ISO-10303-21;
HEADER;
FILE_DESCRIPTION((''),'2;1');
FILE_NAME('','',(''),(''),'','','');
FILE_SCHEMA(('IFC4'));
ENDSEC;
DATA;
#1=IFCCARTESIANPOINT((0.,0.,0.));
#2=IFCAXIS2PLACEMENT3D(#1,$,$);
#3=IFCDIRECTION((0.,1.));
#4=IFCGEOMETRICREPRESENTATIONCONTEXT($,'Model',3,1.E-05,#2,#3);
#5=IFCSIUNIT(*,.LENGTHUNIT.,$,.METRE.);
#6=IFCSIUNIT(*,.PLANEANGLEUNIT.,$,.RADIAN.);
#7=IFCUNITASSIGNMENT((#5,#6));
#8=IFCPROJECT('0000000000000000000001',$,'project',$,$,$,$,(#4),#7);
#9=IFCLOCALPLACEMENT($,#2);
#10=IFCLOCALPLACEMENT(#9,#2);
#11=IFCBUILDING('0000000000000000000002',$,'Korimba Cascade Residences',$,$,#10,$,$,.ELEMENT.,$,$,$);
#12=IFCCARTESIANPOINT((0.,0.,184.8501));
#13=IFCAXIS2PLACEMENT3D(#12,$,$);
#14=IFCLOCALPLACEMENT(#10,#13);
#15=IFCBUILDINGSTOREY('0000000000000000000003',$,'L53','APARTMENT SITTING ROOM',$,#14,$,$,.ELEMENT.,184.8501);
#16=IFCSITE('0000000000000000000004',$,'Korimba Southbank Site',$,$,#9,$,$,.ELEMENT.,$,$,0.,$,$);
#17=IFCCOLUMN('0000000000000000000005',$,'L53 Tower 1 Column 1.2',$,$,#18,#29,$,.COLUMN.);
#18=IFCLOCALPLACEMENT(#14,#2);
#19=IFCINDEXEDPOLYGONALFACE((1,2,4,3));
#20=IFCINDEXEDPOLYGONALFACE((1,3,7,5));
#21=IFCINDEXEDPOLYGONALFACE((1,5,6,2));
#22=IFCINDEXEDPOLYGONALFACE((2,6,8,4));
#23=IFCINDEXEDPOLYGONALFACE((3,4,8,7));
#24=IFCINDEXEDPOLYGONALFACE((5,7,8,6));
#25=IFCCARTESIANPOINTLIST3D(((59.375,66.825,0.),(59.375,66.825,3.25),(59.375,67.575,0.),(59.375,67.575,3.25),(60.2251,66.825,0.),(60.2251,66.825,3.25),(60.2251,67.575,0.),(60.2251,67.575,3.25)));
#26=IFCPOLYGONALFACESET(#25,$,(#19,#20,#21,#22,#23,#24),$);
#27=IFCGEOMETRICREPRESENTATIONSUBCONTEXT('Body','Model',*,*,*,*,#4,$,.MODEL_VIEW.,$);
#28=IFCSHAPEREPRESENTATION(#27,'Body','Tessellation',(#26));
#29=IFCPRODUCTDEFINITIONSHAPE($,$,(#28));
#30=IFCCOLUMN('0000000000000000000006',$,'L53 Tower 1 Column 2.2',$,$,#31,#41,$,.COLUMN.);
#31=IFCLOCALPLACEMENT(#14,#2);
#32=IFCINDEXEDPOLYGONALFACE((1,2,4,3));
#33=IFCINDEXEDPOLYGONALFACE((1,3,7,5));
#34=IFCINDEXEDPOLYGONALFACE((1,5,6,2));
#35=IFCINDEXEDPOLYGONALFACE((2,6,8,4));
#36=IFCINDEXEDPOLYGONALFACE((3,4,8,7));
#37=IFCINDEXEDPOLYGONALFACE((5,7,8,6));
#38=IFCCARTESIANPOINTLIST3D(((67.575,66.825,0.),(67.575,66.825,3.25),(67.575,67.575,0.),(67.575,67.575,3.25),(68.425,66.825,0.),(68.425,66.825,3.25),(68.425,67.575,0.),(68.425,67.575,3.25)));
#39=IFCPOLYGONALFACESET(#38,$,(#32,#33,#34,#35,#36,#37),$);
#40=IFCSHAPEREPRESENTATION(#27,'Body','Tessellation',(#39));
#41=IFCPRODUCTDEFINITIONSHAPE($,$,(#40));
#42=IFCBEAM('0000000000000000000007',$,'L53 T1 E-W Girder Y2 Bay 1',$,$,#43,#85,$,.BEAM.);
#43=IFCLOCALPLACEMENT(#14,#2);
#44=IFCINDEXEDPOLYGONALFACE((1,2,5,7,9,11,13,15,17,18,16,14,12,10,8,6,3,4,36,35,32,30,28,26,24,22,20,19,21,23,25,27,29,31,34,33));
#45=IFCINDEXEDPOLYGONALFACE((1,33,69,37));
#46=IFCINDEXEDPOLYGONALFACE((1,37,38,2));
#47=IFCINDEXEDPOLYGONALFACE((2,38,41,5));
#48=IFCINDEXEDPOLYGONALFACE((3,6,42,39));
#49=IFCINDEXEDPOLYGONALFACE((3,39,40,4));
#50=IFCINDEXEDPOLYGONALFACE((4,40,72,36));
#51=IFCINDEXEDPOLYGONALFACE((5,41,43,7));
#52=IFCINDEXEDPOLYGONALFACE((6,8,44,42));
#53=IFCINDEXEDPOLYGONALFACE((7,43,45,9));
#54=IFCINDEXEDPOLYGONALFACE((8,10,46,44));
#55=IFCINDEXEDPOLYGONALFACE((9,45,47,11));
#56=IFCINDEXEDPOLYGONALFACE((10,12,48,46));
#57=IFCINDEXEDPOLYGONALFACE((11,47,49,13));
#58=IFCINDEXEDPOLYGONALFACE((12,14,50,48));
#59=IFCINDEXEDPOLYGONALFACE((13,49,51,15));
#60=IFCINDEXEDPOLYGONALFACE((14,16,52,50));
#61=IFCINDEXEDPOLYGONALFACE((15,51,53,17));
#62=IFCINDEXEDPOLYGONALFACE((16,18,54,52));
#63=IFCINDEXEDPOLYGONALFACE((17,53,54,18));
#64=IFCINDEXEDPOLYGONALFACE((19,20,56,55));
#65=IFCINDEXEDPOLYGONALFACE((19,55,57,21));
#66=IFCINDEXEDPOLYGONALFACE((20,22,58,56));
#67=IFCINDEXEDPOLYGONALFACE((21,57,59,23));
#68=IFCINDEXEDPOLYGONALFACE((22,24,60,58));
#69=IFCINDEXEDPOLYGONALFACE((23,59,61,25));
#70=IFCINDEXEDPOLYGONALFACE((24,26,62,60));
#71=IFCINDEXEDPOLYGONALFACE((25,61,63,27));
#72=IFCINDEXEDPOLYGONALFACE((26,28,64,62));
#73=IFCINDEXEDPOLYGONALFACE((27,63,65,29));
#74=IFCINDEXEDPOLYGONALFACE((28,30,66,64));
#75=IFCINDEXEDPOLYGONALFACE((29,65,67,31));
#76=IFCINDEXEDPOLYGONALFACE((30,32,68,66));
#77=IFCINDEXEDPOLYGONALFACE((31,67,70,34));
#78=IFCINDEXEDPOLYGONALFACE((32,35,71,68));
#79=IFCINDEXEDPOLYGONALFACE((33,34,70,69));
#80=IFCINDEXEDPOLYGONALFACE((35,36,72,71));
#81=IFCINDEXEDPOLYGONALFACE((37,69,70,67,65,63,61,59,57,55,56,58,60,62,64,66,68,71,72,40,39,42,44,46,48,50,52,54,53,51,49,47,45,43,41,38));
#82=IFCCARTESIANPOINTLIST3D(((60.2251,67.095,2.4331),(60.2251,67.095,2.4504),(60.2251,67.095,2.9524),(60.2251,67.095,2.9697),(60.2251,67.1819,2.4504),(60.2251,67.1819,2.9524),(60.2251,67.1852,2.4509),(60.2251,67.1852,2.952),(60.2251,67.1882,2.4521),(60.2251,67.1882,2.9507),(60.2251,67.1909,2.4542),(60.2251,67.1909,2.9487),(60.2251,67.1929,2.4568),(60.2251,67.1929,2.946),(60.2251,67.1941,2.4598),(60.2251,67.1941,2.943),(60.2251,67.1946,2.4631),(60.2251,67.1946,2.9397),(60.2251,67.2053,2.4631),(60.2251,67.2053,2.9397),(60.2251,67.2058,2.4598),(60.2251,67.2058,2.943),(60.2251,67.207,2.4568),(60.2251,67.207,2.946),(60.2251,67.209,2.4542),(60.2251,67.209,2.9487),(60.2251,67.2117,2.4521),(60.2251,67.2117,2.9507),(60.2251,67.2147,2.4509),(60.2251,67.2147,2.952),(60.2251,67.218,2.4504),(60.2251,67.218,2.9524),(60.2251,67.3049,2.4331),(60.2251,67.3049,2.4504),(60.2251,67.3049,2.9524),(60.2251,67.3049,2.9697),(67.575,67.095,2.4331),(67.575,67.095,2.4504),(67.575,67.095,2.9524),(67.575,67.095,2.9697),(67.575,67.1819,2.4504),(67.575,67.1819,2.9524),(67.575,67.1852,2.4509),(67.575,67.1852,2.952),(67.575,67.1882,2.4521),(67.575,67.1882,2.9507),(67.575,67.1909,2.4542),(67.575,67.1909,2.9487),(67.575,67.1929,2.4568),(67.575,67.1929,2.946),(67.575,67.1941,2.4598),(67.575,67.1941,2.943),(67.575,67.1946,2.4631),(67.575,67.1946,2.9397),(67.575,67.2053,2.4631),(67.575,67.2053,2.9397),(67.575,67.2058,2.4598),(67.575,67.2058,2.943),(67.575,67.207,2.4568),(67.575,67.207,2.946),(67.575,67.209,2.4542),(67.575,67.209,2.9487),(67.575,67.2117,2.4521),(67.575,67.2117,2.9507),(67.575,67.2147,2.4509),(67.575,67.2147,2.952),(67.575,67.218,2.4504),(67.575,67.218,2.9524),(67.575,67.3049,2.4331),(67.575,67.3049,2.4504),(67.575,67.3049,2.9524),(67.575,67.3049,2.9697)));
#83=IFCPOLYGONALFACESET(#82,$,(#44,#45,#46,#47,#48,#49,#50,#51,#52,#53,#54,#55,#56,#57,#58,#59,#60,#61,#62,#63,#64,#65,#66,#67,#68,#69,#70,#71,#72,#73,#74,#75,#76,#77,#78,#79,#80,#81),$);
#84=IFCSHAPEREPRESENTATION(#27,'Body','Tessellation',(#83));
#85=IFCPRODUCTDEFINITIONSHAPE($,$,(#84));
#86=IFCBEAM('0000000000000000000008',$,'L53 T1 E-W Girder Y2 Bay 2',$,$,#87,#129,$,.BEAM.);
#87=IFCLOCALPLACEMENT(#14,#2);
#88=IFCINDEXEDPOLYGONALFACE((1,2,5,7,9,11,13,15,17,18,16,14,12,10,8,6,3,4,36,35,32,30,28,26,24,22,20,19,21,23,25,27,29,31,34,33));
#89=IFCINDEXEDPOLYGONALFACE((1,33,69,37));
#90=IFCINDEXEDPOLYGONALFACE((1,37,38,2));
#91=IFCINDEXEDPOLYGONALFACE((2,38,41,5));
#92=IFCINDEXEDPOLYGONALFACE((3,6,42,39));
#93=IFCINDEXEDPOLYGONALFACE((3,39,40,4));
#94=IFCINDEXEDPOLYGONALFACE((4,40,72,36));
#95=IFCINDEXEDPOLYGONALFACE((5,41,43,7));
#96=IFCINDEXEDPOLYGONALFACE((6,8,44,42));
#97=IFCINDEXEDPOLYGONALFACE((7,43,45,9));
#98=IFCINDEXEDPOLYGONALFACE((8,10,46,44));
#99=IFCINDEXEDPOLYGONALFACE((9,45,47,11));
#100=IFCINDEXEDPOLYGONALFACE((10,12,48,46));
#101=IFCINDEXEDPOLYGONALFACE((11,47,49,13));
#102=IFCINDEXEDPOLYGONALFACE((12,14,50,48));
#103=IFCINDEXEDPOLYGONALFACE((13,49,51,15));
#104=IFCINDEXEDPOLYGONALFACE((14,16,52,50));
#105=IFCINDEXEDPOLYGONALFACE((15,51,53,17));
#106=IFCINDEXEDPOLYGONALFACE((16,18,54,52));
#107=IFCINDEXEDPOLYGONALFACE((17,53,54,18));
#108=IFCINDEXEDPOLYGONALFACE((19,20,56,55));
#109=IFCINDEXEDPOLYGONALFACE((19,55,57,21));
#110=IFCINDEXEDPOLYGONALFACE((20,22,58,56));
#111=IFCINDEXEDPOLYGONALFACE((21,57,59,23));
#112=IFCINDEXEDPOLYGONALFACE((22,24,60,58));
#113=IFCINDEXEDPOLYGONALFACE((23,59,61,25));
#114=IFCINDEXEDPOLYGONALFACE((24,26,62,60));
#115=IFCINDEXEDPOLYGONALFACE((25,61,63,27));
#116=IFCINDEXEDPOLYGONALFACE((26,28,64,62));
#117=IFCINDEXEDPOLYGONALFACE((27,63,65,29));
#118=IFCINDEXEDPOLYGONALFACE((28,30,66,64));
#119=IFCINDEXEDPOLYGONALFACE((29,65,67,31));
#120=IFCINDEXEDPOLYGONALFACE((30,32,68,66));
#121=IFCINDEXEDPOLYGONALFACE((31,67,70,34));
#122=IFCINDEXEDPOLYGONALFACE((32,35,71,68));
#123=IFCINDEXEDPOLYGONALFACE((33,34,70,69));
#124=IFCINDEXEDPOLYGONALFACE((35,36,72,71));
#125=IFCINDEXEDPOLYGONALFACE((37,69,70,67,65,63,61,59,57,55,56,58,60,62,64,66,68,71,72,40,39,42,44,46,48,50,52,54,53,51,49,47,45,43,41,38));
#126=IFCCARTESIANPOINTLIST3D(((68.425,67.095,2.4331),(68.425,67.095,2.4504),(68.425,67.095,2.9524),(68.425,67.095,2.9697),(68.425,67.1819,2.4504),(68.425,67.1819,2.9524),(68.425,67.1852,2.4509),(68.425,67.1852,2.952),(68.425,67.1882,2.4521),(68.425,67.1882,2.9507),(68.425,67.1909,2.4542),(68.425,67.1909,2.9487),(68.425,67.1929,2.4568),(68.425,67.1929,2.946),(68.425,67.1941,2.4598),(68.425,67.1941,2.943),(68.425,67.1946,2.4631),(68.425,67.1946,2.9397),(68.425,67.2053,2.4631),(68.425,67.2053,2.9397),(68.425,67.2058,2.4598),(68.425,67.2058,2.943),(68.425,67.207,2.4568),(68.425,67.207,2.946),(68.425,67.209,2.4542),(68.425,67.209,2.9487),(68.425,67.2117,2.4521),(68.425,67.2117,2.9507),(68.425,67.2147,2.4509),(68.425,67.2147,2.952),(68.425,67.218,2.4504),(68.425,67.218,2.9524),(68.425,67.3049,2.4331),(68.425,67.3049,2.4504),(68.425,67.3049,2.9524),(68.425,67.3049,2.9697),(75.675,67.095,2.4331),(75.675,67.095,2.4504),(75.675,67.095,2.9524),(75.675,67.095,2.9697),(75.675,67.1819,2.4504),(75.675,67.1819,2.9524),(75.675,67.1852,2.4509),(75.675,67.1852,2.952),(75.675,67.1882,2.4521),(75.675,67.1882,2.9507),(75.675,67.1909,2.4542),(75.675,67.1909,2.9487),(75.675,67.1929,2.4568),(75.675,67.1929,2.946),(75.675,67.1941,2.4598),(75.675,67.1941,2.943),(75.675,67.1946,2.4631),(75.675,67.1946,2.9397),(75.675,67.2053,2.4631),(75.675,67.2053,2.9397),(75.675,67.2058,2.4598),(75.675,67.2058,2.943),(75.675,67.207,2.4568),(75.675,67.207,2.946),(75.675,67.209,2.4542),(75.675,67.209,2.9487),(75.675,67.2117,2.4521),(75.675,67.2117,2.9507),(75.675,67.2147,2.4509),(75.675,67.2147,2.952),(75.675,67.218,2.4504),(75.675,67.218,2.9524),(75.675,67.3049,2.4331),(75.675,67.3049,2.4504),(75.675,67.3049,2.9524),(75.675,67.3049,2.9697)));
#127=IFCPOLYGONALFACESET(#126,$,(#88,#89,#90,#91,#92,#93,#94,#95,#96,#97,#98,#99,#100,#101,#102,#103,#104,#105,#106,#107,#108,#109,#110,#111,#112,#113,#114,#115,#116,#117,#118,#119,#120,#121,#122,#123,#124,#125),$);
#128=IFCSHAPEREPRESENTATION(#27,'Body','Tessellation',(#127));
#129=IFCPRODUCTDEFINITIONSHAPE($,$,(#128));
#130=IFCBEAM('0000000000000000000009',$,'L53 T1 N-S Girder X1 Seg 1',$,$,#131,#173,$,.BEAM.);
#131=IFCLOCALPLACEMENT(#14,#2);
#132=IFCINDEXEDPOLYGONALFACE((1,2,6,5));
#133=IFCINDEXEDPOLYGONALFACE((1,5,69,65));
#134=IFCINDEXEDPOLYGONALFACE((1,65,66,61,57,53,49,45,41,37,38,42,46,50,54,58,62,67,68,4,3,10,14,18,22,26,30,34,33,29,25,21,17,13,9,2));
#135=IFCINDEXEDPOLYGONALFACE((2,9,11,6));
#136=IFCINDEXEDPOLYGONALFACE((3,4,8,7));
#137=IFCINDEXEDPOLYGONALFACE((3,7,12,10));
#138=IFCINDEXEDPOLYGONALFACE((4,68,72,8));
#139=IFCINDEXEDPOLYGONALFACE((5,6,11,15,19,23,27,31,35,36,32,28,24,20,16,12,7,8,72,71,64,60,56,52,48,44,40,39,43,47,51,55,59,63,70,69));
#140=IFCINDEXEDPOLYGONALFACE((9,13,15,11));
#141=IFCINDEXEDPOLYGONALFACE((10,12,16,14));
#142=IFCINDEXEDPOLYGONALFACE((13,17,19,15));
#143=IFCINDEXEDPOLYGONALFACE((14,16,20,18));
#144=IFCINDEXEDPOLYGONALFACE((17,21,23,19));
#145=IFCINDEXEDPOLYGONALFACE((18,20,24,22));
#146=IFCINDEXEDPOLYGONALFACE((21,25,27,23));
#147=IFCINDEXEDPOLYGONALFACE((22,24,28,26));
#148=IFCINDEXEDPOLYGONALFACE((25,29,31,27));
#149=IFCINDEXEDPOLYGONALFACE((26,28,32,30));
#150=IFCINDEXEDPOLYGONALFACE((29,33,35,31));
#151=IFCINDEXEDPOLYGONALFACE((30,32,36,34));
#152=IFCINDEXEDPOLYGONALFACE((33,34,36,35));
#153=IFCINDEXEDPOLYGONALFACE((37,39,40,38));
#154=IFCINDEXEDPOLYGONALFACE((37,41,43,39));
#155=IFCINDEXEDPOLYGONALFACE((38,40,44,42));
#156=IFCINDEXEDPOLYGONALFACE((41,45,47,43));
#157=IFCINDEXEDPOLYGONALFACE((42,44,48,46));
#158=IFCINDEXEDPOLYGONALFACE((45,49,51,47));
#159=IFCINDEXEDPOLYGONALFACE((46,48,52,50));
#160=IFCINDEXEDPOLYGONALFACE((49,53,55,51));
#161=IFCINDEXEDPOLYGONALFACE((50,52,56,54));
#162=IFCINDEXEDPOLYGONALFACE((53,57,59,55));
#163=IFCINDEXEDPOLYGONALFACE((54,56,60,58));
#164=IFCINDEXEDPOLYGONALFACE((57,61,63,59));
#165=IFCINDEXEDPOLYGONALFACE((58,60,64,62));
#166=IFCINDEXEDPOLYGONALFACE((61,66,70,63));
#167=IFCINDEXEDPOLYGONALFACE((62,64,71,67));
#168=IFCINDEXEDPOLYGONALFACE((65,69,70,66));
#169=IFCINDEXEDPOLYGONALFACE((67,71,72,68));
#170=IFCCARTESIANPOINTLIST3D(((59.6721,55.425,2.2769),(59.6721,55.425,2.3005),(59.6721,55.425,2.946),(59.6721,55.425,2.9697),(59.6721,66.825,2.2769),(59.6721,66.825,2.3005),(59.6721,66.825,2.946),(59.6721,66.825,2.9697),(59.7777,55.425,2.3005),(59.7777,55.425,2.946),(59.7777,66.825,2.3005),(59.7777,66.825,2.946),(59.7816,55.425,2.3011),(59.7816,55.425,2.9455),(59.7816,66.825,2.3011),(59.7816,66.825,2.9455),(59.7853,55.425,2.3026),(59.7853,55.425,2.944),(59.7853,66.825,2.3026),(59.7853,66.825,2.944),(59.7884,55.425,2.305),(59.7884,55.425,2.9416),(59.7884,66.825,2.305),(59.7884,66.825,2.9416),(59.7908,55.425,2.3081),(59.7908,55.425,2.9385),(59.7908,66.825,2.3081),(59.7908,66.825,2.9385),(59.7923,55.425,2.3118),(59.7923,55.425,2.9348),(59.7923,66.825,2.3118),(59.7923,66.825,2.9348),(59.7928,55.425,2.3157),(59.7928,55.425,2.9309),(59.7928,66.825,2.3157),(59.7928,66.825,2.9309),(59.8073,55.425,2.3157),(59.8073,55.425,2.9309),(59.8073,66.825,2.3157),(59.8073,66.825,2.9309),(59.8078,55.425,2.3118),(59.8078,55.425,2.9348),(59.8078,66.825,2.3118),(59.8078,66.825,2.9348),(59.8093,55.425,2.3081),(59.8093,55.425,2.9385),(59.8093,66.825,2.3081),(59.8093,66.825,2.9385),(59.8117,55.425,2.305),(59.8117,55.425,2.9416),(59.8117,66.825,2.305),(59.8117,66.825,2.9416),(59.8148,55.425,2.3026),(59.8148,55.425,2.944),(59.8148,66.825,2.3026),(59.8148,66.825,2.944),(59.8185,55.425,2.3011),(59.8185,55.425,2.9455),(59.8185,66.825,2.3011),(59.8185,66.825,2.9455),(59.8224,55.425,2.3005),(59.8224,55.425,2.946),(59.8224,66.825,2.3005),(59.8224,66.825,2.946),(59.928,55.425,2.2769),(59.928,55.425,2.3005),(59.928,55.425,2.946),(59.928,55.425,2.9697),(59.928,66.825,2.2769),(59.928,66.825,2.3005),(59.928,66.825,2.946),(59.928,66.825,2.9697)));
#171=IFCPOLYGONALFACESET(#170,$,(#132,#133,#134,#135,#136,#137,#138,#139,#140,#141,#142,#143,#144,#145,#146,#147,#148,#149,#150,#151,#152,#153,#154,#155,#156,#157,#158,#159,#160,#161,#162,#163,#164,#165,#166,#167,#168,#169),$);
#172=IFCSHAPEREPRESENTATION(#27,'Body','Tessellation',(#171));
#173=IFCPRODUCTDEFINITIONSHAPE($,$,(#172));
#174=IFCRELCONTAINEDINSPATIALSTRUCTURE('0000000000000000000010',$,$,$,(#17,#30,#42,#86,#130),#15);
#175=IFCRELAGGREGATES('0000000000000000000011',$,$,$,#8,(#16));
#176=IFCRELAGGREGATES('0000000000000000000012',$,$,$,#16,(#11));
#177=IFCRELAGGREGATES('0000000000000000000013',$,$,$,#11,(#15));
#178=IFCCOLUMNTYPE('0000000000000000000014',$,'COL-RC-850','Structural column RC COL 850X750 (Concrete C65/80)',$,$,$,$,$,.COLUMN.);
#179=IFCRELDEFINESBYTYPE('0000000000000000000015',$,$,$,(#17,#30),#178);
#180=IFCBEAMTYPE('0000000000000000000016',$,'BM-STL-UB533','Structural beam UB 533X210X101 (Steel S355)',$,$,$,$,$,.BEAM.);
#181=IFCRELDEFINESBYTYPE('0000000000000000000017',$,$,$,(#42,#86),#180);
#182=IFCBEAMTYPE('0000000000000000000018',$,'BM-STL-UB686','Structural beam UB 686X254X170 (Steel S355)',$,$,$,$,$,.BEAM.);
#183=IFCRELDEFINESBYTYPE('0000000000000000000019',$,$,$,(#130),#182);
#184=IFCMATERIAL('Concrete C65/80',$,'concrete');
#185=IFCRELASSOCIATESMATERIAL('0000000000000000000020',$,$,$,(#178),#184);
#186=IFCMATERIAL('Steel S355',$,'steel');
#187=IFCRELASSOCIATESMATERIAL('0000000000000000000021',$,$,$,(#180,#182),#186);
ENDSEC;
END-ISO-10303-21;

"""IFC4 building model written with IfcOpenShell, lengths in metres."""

from ifc_helpers import new_model, si_unit, direction, frame, origin, origin_2d, place, context, subcontext, project, spatial, rectangle, i_section, extrude, material, material_profile, profile_set, type_object, element, save


model = new_model("IFC4")

# Units and contexts
model_context = context("Model", 3, precision=1e-05, world=origin(), true_north=direction((0.0, 1.0)))
body_context = subcontext(model_context, "Body", "Model", "MODEL_VIEW")
ifc_project = project(units=[si_unit("LENGTHUNIT", "METRE"), si_unit("PLANEANGLEUNIT", "RADIAN")], contexts=[model_context])

# Site, building, storey
site_placement = place(None, origin())
site = spatial("IfcSite", under=ifc_project, at=site_placement, Name="Korimba Southbank Site", CompositionType="ELEMENT", RefElevation=0.0)
building_placement = place(site_placement, origin())
building = spatial("IfcBuilding", under=site, at=building_placement, Name="Korimba Cascade Residences", CompositionType="ELEMENT")
storey_placement = place(building_placement, frame((0.0, 0.0, 184.8501)))
storey = spatial("IfcBuildingStorey", under=building, at=storey_placement, Name="L53", Description="APARTMENT SITTING ROOM", CompositionType="ELEMENT", Elevation=184.8501)

# Columns
ifc_material_1 = material(Name="Concrete C65/80", Category="concrete")
ifc_material_profile_1 = material_profile(ifc_material_1, rectangle(XDim=0.8501, YDim=0.75, at=origin_2d()), Name="Concrete C65/80")
ifc_profile_set_1 = profile_set([ifc_material_profile_1], Name="Concrete C65/80")
column_type = type_object("IfcColumnType", Name="COL-RC-850", Description="Structural column RC COL 850X750 (Concrete C65/80)", PredefinedType="COLUMN", material=ifc_profile_set_1)
for number, where, z_axis, x_axis, name in (
    (1, (59.8, 67.2, 0.0), (0.0, 0.0, 1.0), (1.0, 0.0, 0.0), "L53 Tower 1 Column 1.2"),
    (2, (68.0, 67.2, 0.0), (0.0, 0.0, 1.0), (1.0, 0.0, 0.0), "L53 Tower 1 Column 2.2"),
):
    element("IfcColumn", number, at=place(storey_placement, frame(where, z_axis=z_axis, x_axis=x_axis)), inside=storey, type_object=column_type, Name=name, PredefinedType="COLUMN", context=body_context, shape_type="SweptSolid", body=[
        extrude(rectangle(XDim=0.8501, YDim=0.75, at=origin_2d()), origin(), (0.0, 0.0, 1.0), 3.25),
    ])

# Beams
ifc_material_2 = material(Name="Steel S355", Category="steel")
ifc_material_profile_2 = material_profile(ifc_material_2, i_section(OverallWidth=0.21, OverallDepth=0.5366, WebThickness=0.0107, FlangeThickness=0.0173, FilletRadius=0.0127, at=origin_2d()), Name="Steel S355")
ifc_profile_set_2 = profile_set([ifc_material_profile_2], Name="Steel S355")
beam_type_1 = type_object("IfcBeamType", Name="BM-STL-UB533", Description="Structural beam UB 533X210X101 (Steel S355)", PredefinedType="BEAM", material=ifc_profile_set_2)
beam_1_placement = place(storey_placement, frame((60.2251, 67.2, 2.7014), z_axis=(1.0, 0.0, 0.0), x_axis=(0.0, 1.0, 0.0)))
element("IfcBeam", 3, at=beam_1_placement, inside=storey, type_object=beam_type_1, Name="L53 T1 E-W Girder Y2 Bay 1", PredefinedType="BEAM", context=body_context, shape_type="SweptSolid", body=[
    extrude(i_section(OverallWidth=0.21, OverallDepth=0.5366, WebThickness=0.0107, FlangeThickness=0.0173, FilletRadius=0.0127, at=origin_2d()), origin(), (0.0, 0.0, 1.0), 7.3499),
])
beam_2_placement = place(storey_placement, frame((68.425, 67.2, 2.7014), z_axis=(1.0, 0.0, 0.0), x_axis=(0.0, 1.0, 0.0)))
element("IfcBeam", 4, at=beam_2_placement, inside=storey, type_object=beam_type_1, Name="L53 T1 E-W Girder Y2 Bay 2", PredefinedType="BEAM", context=body_context, shape_type="SweptSolid", body=[
    extrude(i_section(OverallWidth=0.21, OverallDepth=0.5366, WebThickness=0.0107, FlangeThickness=0.0173, FilletRadius=0.0127, at=origin_2d()), origin(), (0.0, 0.0, 1.0), 7.25),
])
ifc_material_profile_3 = material_profile(ifc_material_2, i_section(OverallWidth=0.2559, OverallDepth=0.6929, WebThickness=0.0144, FlangeThickness=0.0237, FilletRadius=0.0151, at=origin_2d()), Name="Steel S355")
ifc_profile_set_3 = profile_set([ifc_material_profile_3], Name="Steel S355")
beam_type_2 = type_object("IfcBeamType", Name="BM-STL-UB686", Description="Structural beam UB 686X254X170 (Steel S355)", PredefinedType="BEAM", material=ifc_profile_set_3)
beam_3_placement = place(storey_placement, frame((59.8, 55.425, 2.6233), z_axis=(0.0, 1.0, 0.0), x_axis=(-1.0, 0.0, 0.0)))
element("IfcBeam", 5, at=beam_3_placement, inside=storey, type_object=beam_type_2, Name="L53 T1 N-S Girder X1 Seg 1", PredefinedType="BEAM", context=body_context, shape_type="SweptSolid", body=[
    extrude(i_section(OverallWidth=0.2559, OverallDepth=0.6929, WebThickness=0.0144, FlangeThickness=0.0237, FilletRadius=0.0151, at=origin_2d()), origin(), (0.0, 0.0, 1.0), 11.3999),
])

save(model, "model.ifc")
